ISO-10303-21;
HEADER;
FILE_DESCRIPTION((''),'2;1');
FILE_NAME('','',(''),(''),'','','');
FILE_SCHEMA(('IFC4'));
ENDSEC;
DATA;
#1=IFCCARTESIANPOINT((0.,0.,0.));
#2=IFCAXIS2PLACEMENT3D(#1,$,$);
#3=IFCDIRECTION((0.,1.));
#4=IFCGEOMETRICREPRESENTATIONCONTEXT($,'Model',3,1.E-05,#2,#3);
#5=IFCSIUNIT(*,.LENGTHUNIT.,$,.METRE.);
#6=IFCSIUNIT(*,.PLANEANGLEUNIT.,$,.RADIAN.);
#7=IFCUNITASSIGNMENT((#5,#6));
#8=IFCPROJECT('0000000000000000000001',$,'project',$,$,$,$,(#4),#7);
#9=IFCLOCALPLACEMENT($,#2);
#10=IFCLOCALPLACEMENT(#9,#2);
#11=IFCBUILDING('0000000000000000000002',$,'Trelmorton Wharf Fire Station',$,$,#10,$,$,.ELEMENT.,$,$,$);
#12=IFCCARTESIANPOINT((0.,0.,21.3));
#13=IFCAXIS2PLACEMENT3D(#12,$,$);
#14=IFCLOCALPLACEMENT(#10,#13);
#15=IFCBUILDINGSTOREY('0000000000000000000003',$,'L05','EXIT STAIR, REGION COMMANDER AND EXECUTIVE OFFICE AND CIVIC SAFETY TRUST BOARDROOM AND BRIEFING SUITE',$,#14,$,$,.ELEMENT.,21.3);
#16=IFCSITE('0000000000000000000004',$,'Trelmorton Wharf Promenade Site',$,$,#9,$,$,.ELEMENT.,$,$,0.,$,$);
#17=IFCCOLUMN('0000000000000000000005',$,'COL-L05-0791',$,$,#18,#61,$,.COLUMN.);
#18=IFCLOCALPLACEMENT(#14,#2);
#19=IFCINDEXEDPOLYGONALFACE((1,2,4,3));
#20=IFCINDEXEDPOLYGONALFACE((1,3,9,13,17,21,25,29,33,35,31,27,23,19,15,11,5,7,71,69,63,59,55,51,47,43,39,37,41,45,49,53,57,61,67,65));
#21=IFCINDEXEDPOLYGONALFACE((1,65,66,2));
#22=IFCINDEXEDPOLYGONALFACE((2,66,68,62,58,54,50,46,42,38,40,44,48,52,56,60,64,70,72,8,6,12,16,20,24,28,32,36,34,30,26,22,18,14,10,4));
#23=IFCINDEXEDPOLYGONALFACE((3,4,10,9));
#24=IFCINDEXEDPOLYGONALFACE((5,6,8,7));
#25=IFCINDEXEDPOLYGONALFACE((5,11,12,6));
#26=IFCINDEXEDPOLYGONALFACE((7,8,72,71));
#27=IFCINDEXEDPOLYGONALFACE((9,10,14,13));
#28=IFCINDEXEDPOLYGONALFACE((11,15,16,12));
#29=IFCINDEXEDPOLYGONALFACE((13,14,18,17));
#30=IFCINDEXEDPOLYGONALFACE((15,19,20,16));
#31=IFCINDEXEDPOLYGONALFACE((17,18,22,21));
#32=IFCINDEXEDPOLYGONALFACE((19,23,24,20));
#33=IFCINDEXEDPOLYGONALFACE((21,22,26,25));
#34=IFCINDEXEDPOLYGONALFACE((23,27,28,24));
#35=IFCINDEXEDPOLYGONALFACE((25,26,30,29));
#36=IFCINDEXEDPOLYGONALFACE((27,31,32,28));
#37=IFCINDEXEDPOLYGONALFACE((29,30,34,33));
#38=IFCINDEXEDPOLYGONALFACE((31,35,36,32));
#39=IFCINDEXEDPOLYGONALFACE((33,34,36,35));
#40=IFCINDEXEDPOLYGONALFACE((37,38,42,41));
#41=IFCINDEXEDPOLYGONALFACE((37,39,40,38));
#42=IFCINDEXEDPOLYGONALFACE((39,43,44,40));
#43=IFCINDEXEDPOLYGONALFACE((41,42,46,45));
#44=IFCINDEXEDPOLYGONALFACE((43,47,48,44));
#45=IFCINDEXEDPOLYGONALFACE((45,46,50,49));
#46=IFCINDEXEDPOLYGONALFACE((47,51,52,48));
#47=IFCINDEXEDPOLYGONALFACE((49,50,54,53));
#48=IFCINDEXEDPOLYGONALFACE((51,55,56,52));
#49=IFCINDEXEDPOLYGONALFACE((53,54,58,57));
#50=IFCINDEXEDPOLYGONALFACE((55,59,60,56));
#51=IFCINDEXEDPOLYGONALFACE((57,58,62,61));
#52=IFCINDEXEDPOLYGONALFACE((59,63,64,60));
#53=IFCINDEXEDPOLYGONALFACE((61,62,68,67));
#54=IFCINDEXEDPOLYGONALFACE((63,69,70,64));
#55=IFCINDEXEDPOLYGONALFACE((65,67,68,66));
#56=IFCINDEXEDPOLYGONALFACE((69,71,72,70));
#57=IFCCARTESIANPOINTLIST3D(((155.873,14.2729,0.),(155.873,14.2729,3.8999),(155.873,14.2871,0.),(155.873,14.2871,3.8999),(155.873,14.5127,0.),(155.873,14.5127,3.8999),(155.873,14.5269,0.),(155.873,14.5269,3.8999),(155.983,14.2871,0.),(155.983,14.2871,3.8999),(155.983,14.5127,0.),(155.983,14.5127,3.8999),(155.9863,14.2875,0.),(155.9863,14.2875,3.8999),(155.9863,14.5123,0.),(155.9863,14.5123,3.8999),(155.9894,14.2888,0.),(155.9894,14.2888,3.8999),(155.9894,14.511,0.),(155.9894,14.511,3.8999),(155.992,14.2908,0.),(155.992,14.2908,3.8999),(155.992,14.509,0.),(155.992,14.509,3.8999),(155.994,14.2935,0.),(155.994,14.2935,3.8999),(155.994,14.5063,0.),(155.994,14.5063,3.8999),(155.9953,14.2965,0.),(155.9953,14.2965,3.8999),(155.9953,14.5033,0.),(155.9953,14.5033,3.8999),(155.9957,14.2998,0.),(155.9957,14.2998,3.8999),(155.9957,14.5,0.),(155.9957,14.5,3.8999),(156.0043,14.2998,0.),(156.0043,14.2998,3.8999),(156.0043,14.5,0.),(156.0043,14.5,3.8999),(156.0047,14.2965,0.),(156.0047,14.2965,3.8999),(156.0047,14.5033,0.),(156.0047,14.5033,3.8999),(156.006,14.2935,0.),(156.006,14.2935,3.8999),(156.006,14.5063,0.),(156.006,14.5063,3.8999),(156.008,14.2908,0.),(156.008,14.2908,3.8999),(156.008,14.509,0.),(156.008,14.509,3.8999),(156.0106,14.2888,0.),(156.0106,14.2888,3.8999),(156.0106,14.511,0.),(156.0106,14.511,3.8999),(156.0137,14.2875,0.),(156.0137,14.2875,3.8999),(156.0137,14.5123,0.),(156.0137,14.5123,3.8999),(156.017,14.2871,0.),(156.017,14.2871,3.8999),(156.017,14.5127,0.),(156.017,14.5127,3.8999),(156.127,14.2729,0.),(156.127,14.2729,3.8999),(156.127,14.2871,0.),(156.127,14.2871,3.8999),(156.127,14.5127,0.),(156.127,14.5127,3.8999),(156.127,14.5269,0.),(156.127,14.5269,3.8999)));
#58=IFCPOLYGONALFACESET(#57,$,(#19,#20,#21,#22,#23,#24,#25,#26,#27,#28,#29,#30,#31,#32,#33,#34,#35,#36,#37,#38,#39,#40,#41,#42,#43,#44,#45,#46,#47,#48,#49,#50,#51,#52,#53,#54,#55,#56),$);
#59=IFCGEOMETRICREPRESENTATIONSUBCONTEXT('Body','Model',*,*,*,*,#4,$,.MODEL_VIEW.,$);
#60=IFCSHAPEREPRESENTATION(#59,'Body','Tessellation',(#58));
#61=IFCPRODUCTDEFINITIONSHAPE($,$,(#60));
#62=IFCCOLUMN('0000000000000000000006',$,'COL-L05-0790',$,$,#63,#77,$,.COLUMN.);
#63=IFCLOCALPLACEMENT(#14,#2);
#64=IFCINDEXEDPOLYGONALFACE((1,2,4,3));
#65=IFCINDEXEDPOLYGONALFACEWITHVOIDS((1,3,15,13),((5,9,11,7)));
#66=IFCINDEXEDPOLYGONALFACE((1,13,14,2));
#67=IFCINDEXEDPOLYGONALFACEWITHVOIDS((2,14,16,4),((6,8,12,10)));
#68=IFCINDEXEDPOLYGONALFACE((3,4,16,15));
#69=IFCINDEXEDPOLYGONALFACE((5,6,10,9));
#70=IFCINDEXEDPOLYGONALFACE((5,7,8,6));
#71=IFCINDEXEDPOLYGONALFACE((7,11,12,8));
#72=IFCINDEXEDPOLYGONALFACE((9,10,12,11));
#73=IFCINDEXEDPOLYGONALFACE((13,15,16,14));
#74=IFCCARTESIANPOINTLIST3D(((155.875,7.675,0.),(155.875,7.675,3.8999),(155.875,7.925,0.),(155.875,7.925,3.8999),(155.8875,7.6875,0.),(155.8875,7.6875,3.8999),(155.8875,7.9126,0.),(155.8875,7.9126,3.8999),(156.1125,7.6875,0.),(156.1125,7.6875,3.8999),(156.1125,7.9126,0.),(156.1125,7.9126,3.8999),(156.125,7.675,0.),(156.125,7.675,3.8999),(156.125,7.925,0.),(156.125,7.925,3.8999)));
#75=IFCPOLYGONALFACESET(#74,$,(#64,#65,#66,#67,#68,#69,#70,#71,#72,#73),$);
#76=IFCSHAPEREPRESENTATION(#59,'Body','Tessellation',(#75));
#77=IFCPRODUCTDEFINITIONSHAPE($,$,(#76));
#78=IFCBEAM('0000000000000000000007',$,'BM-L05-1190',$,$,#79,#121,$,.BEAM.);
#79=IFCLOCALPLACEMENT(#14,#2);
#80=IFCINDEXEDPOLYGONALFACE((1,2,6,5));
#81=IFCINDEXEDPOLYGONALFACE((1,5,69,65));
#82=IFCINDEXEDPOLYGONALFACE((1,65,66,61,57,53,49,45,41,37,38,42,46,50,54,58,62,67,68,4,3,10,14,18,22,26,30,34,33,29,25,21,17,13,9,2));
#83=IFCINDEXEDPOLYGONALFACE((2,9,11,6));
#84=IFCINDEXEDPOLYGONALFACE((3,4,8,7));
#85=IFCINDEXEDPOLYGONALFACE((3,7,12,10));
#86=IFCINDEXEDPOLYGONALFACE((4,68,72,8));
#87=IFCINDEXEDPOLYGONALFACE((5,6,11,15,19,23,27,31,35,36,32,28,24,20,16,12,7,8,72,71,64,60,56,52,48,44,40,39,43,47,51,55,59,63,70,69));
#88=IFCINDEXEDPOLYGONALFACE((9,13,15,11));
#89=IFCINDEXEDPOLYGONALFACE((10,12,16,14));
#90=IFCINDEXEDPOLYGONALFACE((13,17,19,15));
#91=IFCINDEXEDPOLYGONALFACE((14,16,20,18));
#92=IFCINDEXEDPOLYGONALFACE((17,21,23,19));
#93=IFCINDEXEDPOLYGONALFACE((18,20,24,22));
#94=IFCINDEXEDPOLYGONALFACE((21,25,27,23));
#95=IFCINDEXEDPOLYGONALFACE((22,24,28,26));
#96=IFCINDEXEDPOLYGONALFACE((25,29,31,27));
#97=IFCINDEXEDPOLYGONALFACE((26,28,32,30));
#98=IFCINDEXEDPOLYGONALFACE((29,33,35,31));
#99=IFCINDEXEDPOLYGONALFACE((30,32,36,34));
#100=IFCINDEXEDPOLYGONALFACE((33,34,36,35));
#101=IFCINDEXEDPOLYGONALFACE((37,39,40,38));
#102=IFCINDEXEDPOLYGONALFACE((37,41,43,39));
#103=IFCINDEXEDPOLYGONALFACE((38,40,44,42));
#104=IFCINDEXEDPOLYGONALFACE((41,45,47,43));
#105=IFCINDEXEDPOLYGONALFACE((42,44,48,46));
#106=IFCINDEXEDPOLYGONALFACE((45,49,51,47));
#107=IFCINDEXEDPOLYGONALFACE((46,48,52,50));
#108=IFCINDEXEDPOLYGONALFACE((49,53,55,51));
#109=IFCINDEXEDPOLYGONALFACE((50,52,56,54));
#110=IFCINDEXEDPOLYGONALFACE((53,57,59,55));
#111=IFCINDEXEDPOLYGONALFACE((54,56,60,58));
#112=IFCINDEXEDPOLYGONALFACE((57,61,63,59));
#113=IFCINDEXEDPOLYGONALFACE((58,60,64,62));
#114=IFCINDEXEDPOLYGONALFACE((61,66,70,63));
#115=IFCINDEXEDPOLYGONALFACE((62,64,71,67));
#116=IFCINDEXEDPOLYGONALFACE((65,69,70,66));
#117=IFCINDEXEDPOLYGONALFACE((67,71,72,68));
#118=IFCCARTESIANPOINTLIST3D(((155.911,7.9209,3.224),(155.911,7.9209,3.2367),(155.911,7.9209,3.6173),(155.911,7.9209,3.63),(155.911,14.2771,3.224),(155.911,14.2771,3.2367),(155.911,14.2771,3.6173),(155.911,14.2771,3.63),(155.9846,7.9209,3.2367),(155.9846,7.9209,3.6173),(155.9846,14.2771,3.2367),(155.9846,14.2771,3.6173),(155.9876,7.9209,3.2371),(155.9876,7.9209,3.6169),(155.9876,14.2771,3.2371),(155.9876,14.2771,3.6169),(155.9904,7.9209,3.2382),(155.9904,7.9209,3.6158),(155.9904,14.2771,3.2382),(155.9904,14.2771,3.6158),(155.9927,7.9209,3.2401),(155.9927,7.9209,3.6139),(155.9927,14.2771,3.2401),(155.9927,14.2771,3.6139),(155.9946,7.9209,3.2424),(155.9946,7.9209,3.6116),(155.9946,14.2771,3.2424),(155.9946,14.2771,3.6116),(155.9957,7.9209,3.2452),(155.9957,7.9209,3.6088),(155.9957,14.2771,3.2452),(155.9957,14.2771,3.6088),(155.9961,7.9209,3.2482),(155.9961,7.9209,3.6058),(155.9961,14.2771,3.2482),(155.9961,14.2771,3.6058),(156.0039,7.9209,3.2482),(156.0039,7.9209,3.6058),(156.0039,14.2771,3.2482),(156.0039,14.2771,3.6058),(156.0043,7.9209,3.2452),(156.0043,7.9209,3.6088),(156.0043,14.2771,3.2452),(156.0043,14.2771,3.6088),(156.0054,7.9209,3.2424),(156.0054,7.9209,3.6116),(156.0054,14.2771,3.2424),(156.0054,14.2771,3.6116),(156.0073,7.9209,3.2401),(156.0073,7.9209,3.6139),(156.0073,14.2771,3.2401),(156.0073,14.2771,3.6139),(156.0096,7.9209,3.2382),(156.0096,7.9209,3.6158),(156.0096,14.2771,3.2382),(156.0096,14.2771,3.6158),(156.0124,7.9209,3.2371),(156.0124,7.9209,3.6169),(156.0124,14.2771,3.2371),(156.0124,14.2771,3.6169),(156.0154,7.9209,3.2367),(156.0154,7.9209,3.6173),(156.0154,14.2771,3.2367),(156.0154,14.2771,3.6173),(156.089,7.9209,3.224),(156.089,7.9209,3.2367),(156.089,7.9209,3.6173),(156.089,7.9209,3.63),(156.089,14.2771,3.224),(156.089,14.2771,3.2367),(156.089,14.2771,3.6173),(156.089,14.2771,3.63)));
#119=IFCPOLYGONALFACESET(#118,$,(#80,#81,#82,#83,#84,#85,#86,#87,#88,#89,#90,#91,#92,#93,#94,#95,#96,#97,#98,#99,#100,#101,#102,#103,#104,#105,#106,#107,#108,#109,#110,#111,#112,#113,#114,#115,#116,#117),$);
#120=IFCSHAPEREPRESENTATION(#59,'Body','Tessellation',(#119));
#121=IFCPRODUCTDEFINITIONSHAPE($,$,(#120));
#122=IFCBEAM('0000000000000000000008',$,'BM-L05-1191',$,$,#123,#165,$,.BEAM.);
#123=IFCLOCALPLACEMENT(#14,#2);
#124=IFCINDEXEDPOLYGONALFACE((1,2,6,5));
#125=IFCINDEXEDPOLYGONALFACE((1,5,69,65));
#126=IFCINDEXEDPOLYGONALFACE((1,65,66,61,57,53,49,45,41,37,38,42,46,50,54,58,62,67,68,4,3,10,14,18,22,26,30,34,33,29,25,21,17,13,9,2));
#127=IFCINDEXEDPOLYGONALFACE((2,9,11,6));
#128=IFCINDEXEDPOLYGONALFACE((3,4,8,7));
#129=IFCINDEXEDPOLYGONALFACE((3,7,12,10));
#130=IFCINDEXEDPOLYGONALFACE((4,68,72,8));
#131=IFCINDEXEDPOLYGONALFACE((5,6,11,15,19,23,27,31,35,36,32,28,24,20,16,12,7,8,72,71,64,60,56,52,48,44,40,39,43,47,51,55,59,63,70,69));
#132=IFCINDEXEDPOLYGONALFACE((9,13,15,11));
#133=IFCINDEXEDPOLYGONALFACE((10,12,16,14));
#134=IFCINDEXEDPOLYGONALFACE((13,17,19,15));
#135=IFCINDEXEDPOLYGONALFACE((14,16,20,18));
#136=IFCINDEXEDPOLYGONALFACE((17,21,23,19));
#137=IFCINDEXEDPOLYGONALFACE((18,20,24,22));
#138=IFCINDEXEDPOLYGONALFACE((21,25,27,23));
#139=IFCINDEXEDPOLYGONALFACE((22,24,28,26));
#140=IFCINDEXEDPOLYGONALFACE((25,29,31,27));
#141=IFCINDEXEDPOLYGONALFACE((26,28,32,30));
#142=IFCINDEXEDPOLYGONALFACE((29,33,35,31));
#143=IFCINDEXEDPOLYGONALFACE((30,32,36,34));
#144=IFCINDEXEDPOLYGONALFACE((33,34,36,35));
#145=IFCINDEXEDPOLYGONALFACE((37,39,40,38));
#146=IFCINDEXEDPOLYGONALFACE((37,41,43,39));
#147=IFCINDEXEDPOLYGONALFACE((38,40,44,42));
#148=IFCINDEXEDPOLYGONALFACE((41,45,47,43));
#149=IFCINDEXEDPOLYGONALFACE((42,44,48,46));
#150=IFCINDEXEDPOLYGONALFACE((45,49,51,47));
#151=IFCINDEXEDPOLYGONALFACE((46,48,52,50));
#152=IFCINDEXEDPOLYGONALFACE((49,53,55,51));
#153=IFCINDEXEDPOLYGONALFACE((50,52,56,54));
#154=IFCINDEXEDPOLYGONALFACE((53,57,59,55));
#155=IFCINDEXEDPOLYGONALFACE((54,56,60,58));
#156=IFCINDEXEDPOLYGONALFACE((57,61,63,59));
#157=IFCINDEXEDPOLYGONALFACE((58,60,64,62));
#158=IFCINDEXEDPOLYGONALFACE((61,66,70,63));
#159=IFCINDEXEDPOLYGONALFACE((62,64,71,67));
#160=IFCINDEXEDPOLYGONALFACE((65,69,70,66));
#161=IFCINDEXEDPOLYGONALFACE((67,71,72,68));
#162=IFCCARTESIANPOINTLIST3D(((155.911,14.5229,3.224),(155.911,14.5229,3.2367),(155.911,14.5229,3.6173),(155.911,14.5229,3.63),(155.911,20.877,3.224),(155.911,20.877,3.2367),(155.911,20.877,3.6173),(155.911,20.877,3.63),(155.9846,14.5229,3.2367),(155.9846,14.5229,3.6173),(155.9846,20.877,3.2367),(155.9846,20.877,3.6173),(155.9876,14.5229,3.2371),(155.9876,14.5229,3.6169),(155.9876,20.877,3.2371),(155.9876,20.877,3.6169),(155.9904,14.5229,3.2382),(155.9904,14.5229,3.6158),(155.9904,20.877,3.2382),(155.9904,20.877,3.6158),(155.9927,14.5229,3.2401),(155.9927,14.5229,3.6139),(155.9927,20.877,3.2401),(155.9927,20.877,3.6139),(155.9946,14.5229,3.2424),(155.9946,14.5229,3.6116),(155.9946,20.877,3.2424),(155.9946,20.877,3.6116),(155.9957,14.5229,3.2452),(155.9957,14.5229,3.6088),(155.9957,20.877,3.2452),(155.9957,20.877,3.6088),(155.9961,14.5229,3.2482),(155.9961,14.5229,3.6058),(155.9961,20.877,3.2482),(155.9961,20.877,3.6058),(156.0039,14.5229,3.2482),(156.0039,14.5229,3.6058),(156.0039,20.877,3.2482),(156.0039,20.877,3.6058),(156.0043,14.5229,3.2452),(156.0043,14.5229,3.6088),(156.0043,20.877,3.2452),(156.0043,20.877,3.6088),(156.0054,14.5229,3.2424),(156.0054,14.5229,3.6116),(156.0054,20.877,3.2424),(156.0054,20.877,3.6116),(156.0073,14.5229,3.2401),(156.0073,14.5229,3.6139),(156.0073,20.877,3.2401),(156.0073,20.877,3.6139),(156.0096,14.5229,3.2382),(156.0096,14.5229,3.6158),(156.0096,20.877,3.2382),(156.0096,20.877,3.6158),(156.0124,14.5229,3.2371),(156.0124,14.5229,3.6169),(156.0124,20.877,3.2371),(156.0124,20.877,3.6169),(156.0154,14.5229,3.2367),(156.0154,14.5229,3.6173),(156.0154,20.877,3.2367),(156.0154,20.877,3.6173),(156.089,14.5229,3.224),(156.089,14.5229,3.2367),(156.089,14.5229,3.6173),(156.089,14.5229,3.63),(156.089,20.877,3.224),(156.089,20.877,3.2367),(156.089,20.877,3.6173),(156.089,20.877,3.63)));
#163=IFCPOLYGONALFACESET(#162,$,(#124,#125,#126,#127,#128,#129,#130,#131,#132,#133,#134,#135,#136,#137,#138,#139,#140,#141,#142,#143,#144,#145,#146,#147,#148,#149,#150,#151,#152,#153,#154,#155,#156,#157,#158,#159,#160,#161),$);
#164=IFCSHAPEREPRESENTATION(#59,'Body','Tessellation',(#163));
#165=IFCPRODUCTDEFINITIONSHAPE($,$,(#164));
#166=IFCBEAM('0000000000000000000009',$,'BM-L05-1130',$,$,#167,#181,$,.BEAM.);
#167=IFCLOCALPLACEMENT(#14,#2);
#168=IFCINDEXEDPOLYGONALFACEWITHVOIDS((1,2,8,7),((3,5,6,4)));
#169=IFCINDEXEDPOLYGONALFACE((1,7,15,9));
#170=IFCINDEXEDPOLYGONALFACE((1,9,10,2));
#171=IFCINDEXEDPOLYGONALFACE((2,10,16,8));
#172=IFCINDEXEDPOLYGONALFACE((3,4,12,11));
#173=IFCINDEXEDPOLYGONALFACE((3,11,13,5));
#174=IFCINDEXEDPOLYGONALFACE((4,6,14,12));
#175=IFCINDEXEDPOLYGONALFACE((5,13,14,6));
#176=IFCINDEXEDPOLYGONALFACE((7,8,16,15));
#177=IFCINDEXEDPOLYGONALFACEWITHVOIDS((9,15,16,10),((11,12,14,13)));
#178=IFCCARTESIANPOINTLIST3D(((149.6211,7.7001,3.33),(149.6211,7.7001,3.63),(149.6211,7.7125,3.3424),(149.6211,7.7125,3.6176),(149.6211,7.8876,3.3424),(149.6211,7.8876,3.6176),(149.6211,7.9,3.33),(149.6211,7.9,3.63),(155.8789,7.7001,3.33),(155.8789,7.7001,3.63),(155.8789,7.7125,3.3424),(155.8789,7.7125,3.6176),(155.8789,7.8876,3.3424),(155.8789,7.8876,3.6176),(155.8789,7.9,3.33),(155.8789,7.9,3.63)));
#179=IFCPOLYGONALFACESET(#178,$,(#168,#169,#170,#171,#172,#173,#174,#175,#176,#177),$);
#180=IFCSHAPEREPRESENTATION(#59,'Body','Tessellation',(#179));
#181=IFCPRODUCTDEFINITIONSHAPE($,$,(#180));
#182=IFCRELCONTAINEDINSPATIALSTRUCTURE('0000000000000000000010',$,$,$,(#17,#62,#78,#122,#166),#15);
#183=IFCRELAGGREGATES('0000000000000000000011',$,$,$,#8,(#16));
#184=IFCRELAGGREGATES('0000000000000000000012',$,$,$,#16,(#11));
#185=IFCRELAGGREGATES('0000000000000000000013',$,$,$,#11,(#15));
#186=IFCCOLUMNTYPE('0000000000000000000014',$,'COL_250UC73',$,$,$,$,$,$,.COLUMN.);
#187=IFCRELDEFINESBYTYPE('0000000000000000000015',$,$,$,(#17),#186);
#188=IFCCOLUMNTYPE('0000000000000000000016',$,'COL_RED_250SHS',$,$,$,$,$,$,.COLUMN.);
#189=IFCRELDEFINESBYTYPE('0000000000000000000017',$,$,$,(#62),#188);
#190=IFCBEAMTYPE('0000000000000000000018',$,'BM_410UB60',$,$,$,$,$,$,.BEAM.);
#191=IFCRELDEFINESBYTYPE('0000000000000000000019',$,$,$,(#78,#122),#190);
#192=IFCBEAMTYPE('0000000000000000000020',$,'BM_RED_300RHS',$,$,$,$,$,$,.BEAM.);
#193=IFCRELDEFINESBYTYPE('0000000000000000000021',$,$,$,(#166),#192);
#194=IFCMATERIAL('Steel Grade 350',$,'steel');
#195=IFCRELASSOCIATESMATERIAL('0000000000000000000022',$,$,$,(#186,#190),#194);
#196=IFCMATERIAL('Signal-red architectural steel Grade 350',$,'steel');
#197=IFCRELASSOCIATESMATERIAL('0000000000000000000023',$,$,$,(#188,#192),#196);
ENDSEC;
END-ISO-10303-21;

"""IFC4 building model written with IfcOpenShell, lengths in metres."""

from ifc_helpers import new_model, si_unit, direction, frame, origin, origin_2d, place, context, subcontext, project, spatial, hollow_rectangle, i_section, extrude, material, material_profile, profile_set, type_object, element, save


model = new_model("IFC4")

# Units and contexts
model_context = context("Model", 3, precision=1e-05, world=origin(), true_north=direction((0.0, 1.0)))
body_context = subcontext(model_context, "Body", "Model", "MODEL_VIEW")
ifc_project = project(units=[si_unit("LENGTHUNIT", "METRE"), si_unit("PLANEANGLEUNIT", "RADIAN")], contexts=[model_context])

# Site, building, storey
site_placement = place(None, origin())
site = spatial("IfcSite", under=ifc_project, at=site_placement, Name="Trelmorton Wharf Promenade Site", CompositionType="ELEMENT", RefElevation=0.0)
building_placement = place(site_placement, origin())
building = spatial("IfcBuilding", under=site, at=building_placement, Name="Trelmorton Wharf Fire Station", CompositionType="ELEMENT")
storey_placement = place(building_placement, frame((0.0, 0.0, 21.3)))
storey = spatial("IfcBuildingStorey", under=building, at=storey_placement, Name="L05", Description="EXIT STAIR, REGION COMMANDER AND EXECUTIVE OFFICE AND CIVIC SAFETY TRUST BOARDROOM AND BRIEFING SUITE", CompositionType="ELEMENT", Elevation=21.3)

# Columns
ifc_material_1 = material(Name="Steel Grade 350", Category="steel")
ifc_material_profile_1 = material_profile(ifc_material_1, i_section(OverallWidth=0.2539, OverallDepth=0.2539, WebThickness=0.0085, FlangeThickness=0.0142, FilletRadius=0.0127, at=origin_2d()), Name="250UC72.9")
ifc_profile_set_1 = profile_set([ifc_material_profile_1], Name="Steel Grade 350")
column_type_1 = type_object("IfcColumnType", Name="COL_250UC73", PredefinedType="COLUMN", material=ifc_profile_set_1)
column_1_placement = place(storey_placement, frame((156.0, 14.3999, 0.0), z_axis=(0.0, 0.0, 1.0), x_axis=(1.0, 0.0, 0.0)))
element("IfcColumn", 1, at=column_1_placement, inside=storey, type_object=column_type_1, Name="COL-L05-0791", PredefinedType="COLUMN", context=body_context, shape_type="SweptSolid", body=[
    extrude(i_section(OverallWidth=0.2539, OverallDepth=0.2539, WebThickness=0.0085, FlangeThickness=0.0142, FilletRadius=0.0127, at=origin_2d()), origin(), (0.0, 0.0, 1.0), 3.8999),
])
ifc_material_2 = material(Name="Signal-red architectural steel Grade 350", Category="steel")
ifc_material_profile_2 = material_profile(ifc_material_2, hollow_rectangle(XDim=0.25, YDim=0.25, WallThickness=0.0125, at=origin_2d()), Name="250x250x12.5SHS")
ifc_profile_set_2 = profile_set([ifc_material_profile_2], Name="Signal-red architectural steel Grade 350")
column_type_2 = type_object("IfcColumnType", Name="COL_RED_250SHS", PredefinedType="COLUMN", material=ifc_profile_set_2)
column_2_placement = place(storey_placement, frame((156.0, 7.8, 0.0), z_axis=(0.0, 0.0, 1.0), x_axis=(1.0, 0.0, 0.0)))
element("IfcColumn", 2, at=column_2_placement, inside=storey, type_object=column_type_2, Name="COL-L05-0790", PredefinedType="COLUMN", context=body_context, shape_type="SweptSolid", body=[
    extrude(hollow_rectangle(XDim=0.25, YDim=0.25, WallThickness=0.0125, at=origin_2d()), origin(), (0.0, 0.0, 1.0), 3.8999),
])

# Beams
ifc_material_profile_3 = material_profile(ifc_material_1, i_section(OverallWidth=0.178, OverallDepth=0.406, WebThickness=0.0078, FlangeThickness=0.0127, FilletRadius=0.0115, at=origin_2d()), Name="410UB59.7")
ifc_profile_set_3 = profile_set([ifc_material_profile_3], Name="Steel Grade 350")
beam_type_1 = type_object("IfcBeamType", Name="BM_410UB60", PredefinedType="BEAM", material=ifc_profile_set_3)
beam_1_placement = place(storey_placement, frame((156.0, 7.9209, 3.427), z_axis=(0.0, 1.0, 0.0), x_axis=(-1.0, 0.0, 0.0)))
element("IfcBeam", 3, at=beam_1_placement, inside=storey, type_object=beam_type_1, Name="BM-L05-1190", PredefinedType="BEAM", context=body_context, shape_type="SweptSolid", body=[
    extrude(i_section(OverallWidth=0.178, OverallDepth=0.406, WebThickness=0.0078, FlangeThickness=0.0127, FilletRadius=0.0115, at=origin_2d()), origin(), (0.0, 0.0, 1.0), 6.3562),
])
beam_2_placement = place(storey_placement, frame((156.0, 14.5229, 3.427), z_axis=(0.0, 1.0, 0.0), x_axis=(-1.0, 0.0, 0.0)))
element("IfcBeam", 4, at=beam_2_placement, inside=storey, type_object=beam_type_1, Name="BM-L05-1191", PredefinedType="BEAM", context=body_context, shape_type="SweptSolid", body=[
    extrude(i_section(OverallWidth=0.178, OverallDepth=0.406, WebThickness=0.0078, FlangeThickness=0.0127, FilletRadius=0.0115, at=origin_2d()), origin(), (0.0, 0.0, 1.0), 6.354),
])
ifc_material_profile_4 = material_profile(ifc_material_2, hollow_rectangle(XDim=0.2, YDim=0.3, WallThickness=0.0125, at=origin_2d()), Name="300x200x12.5RHS")
ifc_profile_set_4 = profile_set([ifc_material_profile_4], Name="Signal-red architectural steel Grade 350")
beam_type_2 = type_object("IfcBeamType", Name="BM_RED_300RHS", PredefinedType="BEAM", material=ifc_profile_set_4)
beam_3_placement = place(storey_placement, frame((149.6211, 7.8, 3.48), z_axis=(1.0, 0.0, 0.0), x_axis=(0.0, 1.0, 0.0)))
element("IfcBeam", 5, at=beam_3_placement, inside=storey, type_object=beam_type_2, Name="BM-L05-1130", PredefinedType="BEAM", context=body_context, shape_type="SweptSolid", body=[
    extrude(hollow_rectangle(XDim=0.2, YDim=0.3, WallThickness=0.0125, at=origin_2d()), origin(), (0.0, 0.0, 1.0), 6.2578),
])

save(model, "model.ifc")
